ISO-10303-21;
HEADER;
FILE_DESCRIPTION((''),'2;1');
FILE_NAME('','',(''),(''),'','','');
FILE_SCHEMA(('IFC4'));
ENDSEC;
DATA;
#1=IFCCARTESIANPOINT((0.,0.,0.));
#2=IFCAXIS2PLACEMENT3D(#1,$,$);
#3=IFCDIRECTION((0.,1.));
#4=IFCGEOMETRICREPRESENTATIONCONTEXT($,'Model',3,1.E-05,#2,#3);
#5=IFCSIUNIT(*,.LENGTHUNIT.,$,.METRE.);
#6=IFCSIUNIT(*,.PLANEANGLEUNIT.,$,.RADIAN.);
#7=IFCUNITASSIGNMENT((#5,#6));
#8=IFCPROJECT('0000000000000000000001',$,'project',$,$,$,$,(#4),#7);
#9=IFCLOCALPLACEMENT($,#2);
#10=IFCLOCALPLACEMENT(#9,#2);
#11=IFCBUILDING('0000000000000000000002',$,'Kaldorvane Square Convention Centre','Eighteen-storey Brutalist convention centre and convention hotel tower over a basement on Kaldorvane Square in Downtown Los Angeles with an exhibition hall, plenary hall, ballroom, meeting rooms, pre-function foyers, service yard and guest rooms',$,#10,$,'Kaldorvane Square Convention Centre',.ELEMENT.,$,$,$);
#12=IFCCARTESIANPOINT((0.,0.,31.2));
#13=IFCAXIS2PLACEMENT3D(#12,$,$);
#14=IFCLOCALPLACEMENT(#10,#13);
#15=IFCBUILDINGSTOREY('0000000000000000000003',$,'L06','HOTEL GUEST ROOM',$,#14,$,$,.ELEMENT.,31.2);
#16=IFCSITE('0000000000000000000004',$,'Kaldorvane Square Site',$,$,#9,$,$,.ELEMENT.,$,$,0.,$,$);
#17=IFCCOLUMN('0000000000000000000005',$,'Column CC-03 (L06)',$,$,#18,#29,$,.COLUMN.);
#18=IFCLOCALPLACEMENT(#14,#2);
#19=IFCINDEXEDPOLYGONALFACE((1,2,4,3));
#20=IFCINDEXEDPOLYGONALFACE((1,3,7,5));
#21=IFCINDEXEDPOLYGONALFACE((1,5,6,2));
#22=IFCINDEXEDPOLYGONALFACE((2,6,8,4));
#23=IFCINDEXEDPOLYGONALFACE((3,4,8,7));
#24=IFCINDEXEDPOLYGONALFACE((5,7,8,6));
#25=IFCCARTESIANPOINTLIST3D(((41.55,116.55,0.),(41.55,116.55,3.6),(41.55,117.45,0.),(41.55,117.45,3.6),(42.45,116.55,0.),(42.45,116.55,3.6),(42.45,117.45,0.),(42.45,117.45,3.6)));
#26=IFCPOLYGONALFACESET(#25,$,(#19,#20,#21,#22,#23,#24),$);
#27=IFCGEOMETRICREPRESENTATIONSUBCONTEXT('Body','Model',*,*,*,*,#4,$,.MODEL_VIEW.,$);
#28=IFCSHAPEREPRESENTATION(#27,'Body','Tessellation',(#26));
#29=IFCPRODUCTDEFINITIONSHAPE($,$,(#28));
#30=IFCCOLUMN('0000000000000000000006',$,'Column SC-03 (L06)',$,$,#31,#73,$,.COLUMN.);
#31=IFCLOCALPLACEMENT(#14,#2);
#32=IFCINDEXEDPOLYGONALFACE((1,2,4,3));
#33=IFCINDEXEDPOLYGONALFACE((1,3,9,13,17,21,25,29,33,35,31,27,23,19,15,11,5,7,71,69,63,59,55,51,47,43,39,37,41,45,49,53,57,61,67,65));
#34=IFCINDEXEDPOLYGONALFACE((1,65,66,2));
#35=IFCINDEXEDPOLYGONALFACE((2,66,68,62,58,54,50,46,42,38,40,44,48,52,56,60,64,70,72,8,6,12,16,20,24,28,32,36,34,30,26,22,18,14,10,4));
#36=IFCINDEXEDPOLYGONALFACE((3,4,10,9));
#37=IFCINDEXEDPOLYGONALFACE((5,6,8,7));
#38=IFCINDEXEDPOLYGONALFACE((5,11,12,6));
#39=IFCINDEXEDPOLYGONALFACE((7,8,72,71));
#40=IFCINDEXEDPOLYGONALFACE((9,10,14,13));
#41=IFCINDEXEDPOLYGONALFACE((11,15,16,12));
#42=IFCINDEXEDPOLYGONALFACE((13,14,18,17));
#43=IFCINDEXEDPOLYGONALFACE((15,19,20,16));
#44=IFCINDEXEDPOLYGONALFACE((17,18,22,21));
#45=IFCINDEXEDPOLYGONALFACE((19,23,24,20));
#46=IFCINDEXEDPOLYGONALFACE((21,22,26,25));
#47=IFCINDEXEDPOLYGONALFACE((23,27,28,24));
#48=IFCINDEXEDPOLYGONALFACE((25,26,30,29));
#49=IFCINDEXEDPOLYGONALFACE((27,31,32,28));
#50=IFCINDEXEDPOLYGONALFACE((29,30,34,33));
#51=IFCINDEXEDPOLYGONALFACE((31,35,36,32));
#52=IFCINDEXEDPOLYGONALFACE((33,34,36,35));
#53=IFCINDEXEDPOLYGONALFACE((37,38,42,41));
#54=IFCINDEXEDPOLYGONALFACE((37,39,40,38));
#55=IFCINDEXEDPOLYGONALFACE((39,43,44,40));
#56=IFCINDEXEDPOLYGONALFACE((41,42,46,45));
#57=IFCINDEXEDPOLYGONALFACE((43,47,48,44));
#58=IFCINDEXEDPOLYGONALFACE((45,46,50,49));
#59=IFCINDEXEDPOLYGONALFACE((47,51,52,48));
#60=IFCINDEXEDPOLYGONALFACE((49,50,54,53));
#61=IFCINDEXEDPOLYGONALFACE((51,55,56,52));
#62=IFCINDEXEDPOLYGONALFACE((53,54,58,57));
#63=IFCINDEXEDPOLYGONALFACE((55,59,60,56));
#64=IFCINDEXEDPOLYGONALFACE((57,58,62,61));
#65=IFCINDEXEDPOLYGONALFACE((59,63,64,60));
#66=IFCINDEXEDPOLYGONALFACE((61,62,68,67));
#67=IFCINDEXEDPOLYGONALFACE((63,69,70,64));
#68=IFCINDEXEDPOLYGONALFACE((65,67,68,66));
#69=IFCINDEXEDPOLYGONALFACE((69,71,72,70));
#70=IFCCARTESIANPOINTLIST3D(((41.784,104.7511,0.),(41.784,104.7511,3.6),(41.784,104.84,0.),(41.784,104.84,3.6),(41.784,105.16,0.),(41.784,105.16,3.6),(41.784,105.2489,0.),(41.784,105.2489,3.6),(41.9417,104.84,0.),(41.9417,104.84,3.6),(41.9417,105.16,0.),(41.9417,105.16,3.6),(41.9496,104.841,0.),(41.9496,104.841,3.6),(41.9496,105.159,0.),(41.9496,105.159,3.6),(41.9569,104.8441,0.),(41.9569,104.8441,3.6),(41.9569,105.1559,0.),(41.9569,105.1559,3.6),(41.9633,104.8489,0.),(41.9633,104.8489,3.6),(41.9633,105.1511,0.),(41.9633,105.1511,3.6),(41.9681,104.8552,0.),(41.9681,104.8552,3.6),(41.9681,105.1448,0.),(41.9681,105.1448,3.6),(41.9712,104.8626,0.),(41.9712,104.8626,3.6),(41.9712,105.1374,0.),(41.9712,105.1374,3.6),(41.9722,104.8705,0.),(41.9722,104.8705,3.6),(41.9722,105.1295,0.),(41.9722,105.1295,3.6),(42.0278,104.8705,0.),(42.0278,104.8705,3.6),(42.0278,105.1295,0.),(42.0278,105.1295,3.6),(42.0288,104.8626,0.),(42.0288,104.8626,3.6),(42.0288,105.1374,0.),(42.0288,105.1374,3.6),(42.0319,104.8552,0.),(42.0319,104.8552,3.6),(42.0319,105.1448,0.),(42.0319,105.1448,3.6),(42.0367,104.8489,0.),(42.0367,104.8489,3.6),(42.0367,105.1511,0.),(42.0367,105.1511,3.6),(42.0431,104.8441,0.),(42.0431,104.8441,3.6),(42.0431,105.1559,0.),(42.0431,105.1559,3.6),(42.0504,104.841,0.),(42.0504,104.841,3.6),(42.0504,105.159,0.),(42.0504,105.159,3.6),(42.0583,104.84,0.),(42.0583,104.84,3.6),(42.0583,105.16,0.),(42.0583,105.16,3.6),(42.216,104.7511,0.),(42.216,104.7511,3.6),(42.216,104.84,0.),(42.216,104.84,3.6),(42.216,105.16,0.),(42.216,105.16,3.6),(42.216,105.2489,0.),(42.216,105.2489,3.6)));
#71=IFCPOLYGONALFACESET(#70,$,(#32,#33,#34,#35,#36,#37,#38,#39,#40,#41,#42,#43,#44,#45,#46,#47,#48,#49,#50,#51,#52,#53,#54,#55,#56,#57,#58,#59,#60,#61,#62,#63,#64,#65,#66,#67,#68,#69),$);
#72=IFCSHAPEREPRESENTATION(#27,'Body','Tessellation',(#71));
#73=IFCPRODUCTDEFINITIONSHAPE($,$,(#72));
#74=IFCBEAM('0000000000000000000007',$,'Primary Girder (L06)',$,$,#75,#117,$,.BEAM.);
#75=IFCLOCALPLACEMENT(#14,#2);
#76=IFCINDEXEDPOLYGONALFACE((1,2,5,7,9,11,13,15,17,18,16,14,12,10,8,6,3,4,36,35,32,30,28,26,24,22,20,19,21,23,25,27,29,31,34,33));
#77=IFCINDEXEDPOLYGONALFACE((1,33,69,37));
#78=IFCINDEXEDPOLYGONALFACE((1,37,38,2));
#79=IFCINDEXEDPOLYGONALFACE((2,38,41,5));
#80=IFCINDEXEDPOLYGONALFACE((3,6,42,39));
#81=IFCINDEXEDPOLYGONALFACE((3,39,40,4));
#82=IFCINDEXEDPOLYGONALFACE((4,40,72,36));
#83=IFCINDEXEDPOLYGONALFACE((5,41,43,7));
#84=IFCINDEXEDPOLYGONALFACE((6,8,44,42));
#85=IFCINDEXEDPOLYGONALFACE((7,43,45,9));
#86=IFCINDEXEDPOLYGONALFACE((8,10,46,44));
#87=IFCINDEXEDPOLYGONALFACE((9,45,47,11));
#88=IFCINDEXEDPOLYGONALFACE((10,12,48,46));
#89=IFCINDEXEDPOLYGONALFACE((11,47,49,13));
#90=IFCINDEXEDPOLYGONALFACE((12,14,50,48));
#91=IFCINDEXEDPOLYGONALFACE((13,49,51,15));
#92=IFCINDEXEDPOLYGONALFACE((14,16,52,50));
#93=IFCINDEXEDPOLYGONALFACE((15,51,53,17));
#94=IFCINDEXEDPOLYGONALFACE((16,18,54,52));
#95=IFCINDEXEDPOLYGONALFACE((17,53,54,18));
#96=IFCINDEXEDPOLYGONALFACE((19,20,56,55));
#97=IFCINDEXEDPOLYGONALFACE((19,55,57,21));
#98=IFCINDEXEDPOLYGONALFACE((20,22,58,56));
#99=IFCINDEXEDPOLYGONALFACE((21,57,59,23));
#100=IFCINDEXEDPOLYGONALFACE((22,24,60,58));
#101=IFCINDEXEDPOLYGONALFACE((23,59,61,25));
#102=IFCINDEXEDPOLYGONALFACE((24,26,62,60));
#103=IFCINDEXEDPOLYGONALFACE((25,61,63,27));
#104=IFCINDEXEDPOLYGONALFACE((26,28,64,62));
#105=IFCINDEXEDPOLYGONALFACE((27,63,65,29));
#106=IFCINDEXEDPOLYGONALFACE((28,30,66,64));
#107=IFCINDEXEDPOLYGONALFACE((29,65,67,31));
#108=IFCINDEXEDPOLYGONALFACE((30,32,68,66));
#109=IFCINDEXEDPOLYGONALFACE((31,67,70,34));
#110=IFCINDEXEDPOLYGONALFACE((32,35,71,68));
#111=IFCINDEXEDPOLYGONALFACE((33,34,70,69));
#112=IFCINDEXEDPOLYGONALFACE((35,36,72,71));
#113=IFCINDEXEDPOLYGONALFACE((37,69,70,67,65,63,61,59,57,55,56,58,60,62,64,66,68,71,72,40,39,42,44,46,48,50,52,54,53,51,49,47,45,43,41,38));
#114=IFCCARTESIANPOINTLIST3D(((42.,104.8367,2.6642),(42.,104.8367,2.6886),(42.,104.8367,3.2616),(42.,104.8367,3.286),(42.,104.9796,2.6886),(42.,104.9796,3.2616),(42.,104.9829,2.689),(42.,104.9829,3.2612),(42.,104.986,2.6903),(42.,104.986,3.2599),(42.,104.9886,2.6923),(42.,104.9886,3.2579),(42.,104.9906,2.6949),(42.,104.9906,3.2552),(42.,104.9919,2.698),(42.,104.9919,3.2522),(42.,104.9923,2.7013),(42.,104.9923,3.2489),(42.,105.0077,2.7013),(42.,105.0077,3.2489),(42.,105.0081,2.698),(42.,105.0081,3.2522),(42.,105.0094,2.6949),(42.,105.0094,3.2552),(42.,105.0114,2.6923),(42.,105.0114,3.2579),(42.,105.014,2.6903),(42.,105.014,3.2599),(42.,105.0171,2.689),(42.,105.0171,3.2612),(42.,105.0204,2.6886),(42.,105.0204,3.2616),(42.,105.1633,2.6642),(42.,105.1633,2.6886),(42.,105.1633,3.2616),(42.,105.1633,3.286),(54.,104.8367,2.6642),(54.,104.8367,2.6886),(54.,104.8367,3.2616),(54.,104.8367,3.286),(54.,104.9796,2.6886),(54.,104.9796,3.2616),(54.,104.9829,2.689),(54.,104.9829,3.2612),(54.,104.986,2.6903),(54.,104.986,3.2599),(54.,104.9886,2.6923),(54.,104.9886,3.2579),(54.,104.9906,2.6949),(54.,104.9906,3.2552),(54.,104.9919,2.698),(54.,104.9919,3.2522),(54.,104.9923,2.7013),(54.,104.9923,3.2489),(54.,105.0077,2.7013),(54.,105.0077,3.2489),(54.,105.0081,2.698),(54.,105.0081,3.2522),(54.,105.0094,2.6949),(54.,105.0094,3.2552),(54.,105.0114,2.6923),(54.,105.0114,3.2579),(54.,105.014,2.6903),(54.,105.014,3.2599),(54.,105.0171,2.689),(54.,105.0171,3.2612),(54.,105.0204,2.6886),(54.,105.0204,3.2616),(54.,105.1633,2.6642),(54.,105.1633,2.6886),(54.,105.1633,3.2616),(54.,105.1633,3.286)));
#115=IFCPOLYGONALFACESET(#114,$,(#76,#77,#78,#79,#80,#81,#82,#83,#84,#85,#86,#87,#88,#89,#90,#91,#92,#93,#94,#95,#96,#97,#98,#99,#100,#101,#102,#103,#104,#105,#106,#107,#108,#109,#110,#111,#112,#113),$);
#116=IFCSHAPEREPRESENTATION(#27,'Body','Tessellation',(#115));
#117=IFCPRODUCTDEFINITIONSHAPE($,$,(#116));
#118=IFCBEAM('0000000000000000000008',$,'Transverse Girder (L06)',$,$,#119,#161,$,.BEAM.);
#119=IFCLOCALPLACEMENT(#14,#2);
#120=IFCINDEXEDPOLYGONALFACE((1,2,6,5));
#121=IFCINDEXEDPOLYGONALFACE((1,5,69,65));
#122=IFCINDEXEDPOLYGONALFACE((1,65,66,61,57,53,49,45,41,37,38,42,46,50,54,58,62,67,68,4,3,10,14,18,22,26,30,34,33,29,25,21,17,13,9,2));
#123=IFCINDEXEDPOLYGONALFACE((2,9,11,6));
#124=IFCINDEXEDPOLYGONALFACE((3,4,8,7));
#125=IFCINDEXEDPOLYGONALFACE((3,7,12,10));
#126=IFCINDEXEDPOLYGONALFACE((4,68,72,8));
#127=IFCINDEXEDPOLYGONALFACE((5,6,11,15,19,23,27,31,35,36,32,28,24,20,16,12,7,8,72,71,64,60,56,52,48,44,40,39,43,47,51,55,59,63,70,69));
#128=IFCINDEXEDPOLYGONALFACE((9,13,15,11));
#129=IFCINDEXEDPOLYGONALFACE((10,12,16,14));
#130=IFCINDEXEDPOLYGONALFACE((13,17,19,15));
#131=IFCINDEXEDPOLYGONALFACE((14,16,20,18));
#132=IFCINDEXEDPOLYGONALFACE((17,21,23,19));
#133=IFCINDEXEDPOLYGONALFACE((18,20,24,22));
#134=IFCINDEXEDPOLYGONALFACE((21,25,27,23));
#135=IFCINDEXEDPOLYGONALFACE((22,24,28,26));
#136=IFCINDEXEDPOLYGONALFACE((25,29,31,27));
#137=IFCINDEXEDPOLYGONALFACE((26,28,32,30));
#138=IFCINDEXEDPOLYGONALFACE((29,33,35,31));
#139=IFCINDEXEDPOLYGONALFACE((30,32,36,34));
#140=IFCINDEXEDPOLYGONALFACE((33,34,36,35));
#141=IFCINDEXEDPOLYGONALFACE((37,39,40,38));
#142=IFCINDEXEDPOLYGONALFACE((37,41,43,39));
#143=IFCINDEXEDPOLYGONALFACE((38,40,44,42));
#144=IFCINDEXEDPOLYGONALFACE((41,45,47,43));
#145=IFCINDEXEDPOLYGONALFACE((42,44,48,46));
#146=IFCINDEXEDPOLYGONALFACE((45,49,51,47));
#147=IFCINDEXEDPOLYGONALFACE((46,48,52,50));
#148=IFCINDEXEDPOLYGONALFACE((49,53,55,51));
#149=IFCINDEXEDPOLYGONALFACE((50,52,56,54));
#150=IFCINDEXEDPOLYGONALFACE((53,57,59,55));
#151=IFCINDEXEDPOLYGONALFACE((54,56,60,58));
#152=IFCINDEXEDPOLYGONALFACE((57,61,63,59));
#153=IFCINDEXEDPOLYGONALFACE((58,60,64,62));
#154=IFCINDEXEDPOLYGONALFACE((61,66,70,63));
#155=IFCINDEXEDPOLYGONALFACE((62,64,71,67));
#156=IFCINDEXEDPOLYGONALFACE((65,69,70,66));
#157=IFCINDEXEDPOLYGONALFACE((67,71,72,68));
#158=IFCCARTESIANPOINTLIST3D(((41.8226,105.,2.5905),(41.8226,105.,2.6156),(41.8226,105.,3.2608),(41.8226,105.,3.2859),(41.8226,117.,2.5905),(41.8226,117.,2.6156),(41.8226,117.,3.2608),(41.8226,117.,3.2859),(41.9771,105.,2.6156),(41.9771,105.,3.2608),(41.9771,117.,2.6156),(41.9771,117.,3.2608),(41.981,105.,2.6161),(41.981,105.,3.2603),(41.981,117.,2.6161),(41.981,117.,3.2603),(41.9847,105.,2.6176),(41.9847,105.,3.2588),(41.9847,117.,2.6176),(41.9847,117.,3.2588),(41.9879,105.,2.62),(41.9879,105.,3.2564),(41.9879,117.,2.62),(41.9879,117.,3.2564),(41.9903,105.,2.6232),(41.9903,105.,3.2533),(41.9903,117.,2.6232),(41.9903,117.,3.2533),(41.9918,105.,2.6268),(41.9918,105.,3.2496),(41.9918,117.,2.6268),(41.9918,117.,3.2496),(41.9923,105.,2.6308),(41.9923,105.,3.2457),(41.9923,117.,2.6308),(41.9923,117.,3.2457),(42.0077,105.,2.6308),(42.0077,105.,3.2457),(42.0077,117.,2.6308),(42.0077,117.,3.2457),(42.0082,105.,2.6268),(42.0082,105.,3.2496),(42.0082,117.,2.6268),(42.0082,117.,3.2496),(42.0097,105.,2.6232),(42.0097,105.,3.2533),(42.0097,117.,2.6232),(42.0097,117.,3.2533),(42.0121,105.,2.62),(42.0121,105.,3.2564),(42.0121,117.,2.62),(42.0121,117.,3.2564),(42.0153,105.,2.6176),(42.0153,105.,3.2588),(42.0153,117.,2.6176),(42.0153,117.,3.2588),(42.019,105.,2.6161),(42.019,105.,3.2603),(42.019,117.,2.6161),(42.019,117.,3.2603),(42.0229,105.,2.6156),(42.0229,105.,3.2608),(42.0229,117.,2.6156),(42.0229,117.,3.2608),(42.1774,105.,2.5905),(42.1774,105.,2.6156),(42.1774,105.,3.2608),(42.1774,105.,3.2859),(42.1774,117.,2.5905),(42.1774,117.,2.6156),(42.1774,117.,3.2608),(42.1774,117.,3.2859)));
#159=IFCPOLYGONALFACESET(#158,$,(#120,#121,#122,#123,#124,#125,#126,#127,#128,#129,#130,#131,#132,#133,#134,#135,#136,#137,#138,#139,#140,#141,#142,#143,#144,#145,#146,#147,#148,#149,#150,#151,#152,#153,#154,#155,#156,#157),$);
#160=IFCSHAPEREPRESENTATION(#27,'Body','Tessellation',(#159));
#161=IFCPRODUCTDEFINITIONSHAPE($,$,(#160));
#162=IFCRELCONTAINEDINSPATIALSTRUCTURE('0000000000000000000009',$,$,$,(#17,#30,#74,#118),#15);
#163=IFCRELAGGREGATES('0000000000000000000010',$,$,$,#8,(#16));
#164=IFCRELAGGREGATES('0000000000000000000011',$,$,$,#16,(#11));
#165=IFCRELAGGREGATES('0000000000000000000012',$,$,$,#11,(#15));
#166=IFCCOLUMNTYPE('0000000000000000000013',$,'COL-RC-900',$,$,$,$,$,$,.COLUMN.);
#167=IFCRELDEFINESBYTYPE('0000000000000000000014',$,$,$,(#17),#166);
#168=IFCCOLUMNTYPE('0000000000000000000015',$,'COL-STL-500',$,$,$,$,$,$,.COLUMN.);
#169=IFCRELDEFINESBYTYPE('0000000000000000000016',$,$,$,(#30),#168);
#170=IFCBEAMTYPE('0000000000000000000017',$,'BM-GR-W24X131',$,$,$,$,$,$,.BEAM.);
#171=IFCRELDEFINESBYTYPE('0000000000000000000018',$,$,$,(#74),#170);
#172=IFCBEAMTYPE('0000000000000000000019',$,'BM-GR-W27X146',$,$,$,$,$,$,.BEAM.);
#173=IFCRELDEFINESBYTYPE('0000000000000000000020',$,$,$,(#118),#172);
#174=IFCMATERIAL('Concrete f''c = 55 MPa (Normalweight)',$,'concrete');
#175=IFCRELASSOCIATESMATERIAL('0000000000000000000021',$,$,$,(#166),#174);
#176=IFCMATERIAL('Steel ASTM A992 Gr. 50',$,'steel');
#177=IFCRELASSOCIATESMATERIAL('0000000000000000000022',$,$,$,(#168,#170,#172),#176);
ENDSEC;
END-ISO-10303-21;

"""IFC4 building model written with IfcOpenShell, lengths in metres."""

from ifc_helpers import new_model, si_unit, direction, frame, origin, origin_2d, place, context, subcontext, project, spatial, rectangle, i_section, extrude, material, material_profile, profile_set, type_object, element, save


model = new_model("IFC4")

# Units and contexts
model_context = context("Model", 3, precision=1e-05, world=origin(), true_north=direction((0.0, 1.0)))
body_context = subcontext(model_context, "Body", "Model", "MODEL_VIEW")
ifc_project = project(units=[si_unit("LENGTHUNIT", "METRE"), si_unit("PLANEANGLEUNIT", "RADIAN")], contexts=[model_context])

# Site, building, storey
site_placement = place(None, origin())
site = spatial("IfcSite", under=ifc_project, at=site_placement, Name="Kaldorvane Square Site", CompositionType="ELEMENT", RefElevation=0.0)
building_placement = place(site_placement, origin())
building = spatial("IfcBuilding", under=site, at=building_placement, Name="Kaldorvane Square Convention Centre", Description="Eighteen-storey Brutalist convention centre and convention hotel tower over a basement on Kaldorvane Square in Downtown Los Angeles with an exhibition hall, plenary hall, ballroom, meeting rooms, pre-function foyers, service yard and guest rooms", LongName="Kaldorvane Square Convention Centre", CompositionType="ELEMENT")
storey_placement = place(building_placement, frame((0.0, 0.0, 31.2)))
storey = spatial("IfcBuildingStorey", under=building, at=storey_placement, Name="L06", Description="HOTEL GUEST ROOM", CompositionType="ELEMENT", Elevation=31.2)

# Columns
ifc_material_1 = material(Name="Concrete f'c = 55 MPa (Normalweight)", Category="concrete")
ifc_material_profile_1 = material_profile(ifc_material_1, rectangle(XDim=0.9, YDim=0.9, at=origin_2d()), Name="RC900X900")
ifc_profile_set_1 = profile_set([ifc_material_profile_1], Name="Concrete f'c = 55 MPa (Normalweight)")
column_type_1 = type_object("IfcColumnType", Name="COL-RC-900", PredefinedType="COLUMN", material=ifc_profile_set_1)
column_1_placement = place(storey_placement, frame((42.0, 117.0, 0.0), z_axis=(0.0, 0.0, 1.0), x_axis=(1.0, 0.0, 0.0)))
element("IfcColumn", 1, at=column_1_placement, inside=storey, type_object=column_type_1, Name="Column CC-03 (L06)", PredefinedType="COLUMN", context=body_context, shape_type="SweptSolid", body=[
    extrude(rectangle(XDim=0.9, YDim=0.9, at=origin_2d()), origin(), (0.0, 0.0, 1.0), 3.6),
])
ifc_material_2 = material(Name="Steel ASTM A992 Gr. 50", Category="steel")
ifc_material_profile_2 = material_profile(ifc_material_2, i_section(OverallWidth=0.4321, OverallDepth=0.4978, WebThickness=0.0556, FlangeThickness=0.0889, FilletRadius=0.0305, at=origin_2d()), Name="W14X500")
ifc_profile_set_2 = profile_set([ifc_material_profile_2], Name="Steel ASTM A992 Gr. 50")
column_type_2 = type_object("IfcColumnType", Name="COL-STL-500", PredefinedType="COLUMN", material=ifc_profile_set_2)
column_2_placement = place(storey_placement, frame((42.0, 105.0, 0.0), z_axis=(0.0, 0.0, 1.0), x_axis=(1.0, 0.0, 0.0)))
element("IfcColumn", 2, at=column_2_placement, inside=storey, type_object=column_type_2, Name="Column SC-03 (L06)", PredefinedType="COLUMN", context=body_context, shape_type="SweptSolid", body=[
    extrude(i_section(OverallWidth=0.4321, OverallDepth=0.4978, WebThickness=0.0556, FlangeThickness=0.0889, FilletRadius=0.0305, at=origin_2d()), origin(), (0.0, 0.0, 1.0), 3.6),
])

# Beams
ifc_material_profile_3 = material_profile(ifc_material_2, i_section(OverallWidth=0.3265, OverallDepth=0.6218, WebThickness=0.0154, FlangeThickness=0.0244, FilletRadius=0.0127, at=origin_2d()), Name="W24X131")
ifc_profile_set_3 = profile_set([ifc_material_profile_3], Name="Steel ASTM A992 Gr. 50")
beam_type_1 = type_object("IfcBeamType", Name="BM-GR-W24X131", PredefinedType="BEAM", material=ifc_profile_set_3)
beam_1_placement = place(storey_placement, frame((42.0, 105.0, 2.9751), z_axis=(1.0, 0.0, 0.0), x_axis=(0.0, 1.0, 0.0)))
element("IfcBeam", 3, at=beam_1_placement, inside=storey, type_object=beam_type_1, Name="Primary Girder (L06)", PredefinedType="BEAM", context=body_context, shape_type="SweptSolid", body=[
    extrude(i_section(OverallWidth=0.3265, OverallDepth=0.6218, WebThickness=0.0154, FlangeThickness=0.0244, FilletRadius=0.0127, at=origin_2d()), origin(), (0.0, 0.0, 1.0), 12.0),
])
ifc_material_profile_4 = material_profile(ifc_material_2, i_section(OverallWidth=0.3547, OverallDepth=0.6955, WebThickness=0.0154, FlangeThickness=0.0251, FilletRadius=0.0152, at=origin_2d()), Name="W27X146")
ifc_profile_set_4 = profile_set([ifc_material_profile_4], Name="Steel ASTM A992 Gr. 50")
beam_type_2 = type_object("IfcBeamType", Name="BM-GR-W27X146", PredefinedType="BEAM", material=ifc_profile_set_4)
beam_2_placement = place(storey_placement, frame((42.0, 105.0, 2.9382), z_axis=(0.0, 1.0, 0.0), x_axis=(-1.0, 0.0, 0.0)))
element("IfcBeam", 4, at=beam_2_placement, inside=storey, type_object=beam_type_2, Name="Transverse Girder (L06)", PredefinedType="BEAM", context=body_context, shape_type="SweptSolid", body=[
    extrude(i_section(OverallWidth=0.3547, OverallDepth=0.6955, WebThickness=0.0154, FlangeThickness=0.0251, FilletRadius=0.0152, at=origin_2d()), origin(), (0.0, 0.0, 1.0), 12.0),
])

save(model, "model.ifc")
